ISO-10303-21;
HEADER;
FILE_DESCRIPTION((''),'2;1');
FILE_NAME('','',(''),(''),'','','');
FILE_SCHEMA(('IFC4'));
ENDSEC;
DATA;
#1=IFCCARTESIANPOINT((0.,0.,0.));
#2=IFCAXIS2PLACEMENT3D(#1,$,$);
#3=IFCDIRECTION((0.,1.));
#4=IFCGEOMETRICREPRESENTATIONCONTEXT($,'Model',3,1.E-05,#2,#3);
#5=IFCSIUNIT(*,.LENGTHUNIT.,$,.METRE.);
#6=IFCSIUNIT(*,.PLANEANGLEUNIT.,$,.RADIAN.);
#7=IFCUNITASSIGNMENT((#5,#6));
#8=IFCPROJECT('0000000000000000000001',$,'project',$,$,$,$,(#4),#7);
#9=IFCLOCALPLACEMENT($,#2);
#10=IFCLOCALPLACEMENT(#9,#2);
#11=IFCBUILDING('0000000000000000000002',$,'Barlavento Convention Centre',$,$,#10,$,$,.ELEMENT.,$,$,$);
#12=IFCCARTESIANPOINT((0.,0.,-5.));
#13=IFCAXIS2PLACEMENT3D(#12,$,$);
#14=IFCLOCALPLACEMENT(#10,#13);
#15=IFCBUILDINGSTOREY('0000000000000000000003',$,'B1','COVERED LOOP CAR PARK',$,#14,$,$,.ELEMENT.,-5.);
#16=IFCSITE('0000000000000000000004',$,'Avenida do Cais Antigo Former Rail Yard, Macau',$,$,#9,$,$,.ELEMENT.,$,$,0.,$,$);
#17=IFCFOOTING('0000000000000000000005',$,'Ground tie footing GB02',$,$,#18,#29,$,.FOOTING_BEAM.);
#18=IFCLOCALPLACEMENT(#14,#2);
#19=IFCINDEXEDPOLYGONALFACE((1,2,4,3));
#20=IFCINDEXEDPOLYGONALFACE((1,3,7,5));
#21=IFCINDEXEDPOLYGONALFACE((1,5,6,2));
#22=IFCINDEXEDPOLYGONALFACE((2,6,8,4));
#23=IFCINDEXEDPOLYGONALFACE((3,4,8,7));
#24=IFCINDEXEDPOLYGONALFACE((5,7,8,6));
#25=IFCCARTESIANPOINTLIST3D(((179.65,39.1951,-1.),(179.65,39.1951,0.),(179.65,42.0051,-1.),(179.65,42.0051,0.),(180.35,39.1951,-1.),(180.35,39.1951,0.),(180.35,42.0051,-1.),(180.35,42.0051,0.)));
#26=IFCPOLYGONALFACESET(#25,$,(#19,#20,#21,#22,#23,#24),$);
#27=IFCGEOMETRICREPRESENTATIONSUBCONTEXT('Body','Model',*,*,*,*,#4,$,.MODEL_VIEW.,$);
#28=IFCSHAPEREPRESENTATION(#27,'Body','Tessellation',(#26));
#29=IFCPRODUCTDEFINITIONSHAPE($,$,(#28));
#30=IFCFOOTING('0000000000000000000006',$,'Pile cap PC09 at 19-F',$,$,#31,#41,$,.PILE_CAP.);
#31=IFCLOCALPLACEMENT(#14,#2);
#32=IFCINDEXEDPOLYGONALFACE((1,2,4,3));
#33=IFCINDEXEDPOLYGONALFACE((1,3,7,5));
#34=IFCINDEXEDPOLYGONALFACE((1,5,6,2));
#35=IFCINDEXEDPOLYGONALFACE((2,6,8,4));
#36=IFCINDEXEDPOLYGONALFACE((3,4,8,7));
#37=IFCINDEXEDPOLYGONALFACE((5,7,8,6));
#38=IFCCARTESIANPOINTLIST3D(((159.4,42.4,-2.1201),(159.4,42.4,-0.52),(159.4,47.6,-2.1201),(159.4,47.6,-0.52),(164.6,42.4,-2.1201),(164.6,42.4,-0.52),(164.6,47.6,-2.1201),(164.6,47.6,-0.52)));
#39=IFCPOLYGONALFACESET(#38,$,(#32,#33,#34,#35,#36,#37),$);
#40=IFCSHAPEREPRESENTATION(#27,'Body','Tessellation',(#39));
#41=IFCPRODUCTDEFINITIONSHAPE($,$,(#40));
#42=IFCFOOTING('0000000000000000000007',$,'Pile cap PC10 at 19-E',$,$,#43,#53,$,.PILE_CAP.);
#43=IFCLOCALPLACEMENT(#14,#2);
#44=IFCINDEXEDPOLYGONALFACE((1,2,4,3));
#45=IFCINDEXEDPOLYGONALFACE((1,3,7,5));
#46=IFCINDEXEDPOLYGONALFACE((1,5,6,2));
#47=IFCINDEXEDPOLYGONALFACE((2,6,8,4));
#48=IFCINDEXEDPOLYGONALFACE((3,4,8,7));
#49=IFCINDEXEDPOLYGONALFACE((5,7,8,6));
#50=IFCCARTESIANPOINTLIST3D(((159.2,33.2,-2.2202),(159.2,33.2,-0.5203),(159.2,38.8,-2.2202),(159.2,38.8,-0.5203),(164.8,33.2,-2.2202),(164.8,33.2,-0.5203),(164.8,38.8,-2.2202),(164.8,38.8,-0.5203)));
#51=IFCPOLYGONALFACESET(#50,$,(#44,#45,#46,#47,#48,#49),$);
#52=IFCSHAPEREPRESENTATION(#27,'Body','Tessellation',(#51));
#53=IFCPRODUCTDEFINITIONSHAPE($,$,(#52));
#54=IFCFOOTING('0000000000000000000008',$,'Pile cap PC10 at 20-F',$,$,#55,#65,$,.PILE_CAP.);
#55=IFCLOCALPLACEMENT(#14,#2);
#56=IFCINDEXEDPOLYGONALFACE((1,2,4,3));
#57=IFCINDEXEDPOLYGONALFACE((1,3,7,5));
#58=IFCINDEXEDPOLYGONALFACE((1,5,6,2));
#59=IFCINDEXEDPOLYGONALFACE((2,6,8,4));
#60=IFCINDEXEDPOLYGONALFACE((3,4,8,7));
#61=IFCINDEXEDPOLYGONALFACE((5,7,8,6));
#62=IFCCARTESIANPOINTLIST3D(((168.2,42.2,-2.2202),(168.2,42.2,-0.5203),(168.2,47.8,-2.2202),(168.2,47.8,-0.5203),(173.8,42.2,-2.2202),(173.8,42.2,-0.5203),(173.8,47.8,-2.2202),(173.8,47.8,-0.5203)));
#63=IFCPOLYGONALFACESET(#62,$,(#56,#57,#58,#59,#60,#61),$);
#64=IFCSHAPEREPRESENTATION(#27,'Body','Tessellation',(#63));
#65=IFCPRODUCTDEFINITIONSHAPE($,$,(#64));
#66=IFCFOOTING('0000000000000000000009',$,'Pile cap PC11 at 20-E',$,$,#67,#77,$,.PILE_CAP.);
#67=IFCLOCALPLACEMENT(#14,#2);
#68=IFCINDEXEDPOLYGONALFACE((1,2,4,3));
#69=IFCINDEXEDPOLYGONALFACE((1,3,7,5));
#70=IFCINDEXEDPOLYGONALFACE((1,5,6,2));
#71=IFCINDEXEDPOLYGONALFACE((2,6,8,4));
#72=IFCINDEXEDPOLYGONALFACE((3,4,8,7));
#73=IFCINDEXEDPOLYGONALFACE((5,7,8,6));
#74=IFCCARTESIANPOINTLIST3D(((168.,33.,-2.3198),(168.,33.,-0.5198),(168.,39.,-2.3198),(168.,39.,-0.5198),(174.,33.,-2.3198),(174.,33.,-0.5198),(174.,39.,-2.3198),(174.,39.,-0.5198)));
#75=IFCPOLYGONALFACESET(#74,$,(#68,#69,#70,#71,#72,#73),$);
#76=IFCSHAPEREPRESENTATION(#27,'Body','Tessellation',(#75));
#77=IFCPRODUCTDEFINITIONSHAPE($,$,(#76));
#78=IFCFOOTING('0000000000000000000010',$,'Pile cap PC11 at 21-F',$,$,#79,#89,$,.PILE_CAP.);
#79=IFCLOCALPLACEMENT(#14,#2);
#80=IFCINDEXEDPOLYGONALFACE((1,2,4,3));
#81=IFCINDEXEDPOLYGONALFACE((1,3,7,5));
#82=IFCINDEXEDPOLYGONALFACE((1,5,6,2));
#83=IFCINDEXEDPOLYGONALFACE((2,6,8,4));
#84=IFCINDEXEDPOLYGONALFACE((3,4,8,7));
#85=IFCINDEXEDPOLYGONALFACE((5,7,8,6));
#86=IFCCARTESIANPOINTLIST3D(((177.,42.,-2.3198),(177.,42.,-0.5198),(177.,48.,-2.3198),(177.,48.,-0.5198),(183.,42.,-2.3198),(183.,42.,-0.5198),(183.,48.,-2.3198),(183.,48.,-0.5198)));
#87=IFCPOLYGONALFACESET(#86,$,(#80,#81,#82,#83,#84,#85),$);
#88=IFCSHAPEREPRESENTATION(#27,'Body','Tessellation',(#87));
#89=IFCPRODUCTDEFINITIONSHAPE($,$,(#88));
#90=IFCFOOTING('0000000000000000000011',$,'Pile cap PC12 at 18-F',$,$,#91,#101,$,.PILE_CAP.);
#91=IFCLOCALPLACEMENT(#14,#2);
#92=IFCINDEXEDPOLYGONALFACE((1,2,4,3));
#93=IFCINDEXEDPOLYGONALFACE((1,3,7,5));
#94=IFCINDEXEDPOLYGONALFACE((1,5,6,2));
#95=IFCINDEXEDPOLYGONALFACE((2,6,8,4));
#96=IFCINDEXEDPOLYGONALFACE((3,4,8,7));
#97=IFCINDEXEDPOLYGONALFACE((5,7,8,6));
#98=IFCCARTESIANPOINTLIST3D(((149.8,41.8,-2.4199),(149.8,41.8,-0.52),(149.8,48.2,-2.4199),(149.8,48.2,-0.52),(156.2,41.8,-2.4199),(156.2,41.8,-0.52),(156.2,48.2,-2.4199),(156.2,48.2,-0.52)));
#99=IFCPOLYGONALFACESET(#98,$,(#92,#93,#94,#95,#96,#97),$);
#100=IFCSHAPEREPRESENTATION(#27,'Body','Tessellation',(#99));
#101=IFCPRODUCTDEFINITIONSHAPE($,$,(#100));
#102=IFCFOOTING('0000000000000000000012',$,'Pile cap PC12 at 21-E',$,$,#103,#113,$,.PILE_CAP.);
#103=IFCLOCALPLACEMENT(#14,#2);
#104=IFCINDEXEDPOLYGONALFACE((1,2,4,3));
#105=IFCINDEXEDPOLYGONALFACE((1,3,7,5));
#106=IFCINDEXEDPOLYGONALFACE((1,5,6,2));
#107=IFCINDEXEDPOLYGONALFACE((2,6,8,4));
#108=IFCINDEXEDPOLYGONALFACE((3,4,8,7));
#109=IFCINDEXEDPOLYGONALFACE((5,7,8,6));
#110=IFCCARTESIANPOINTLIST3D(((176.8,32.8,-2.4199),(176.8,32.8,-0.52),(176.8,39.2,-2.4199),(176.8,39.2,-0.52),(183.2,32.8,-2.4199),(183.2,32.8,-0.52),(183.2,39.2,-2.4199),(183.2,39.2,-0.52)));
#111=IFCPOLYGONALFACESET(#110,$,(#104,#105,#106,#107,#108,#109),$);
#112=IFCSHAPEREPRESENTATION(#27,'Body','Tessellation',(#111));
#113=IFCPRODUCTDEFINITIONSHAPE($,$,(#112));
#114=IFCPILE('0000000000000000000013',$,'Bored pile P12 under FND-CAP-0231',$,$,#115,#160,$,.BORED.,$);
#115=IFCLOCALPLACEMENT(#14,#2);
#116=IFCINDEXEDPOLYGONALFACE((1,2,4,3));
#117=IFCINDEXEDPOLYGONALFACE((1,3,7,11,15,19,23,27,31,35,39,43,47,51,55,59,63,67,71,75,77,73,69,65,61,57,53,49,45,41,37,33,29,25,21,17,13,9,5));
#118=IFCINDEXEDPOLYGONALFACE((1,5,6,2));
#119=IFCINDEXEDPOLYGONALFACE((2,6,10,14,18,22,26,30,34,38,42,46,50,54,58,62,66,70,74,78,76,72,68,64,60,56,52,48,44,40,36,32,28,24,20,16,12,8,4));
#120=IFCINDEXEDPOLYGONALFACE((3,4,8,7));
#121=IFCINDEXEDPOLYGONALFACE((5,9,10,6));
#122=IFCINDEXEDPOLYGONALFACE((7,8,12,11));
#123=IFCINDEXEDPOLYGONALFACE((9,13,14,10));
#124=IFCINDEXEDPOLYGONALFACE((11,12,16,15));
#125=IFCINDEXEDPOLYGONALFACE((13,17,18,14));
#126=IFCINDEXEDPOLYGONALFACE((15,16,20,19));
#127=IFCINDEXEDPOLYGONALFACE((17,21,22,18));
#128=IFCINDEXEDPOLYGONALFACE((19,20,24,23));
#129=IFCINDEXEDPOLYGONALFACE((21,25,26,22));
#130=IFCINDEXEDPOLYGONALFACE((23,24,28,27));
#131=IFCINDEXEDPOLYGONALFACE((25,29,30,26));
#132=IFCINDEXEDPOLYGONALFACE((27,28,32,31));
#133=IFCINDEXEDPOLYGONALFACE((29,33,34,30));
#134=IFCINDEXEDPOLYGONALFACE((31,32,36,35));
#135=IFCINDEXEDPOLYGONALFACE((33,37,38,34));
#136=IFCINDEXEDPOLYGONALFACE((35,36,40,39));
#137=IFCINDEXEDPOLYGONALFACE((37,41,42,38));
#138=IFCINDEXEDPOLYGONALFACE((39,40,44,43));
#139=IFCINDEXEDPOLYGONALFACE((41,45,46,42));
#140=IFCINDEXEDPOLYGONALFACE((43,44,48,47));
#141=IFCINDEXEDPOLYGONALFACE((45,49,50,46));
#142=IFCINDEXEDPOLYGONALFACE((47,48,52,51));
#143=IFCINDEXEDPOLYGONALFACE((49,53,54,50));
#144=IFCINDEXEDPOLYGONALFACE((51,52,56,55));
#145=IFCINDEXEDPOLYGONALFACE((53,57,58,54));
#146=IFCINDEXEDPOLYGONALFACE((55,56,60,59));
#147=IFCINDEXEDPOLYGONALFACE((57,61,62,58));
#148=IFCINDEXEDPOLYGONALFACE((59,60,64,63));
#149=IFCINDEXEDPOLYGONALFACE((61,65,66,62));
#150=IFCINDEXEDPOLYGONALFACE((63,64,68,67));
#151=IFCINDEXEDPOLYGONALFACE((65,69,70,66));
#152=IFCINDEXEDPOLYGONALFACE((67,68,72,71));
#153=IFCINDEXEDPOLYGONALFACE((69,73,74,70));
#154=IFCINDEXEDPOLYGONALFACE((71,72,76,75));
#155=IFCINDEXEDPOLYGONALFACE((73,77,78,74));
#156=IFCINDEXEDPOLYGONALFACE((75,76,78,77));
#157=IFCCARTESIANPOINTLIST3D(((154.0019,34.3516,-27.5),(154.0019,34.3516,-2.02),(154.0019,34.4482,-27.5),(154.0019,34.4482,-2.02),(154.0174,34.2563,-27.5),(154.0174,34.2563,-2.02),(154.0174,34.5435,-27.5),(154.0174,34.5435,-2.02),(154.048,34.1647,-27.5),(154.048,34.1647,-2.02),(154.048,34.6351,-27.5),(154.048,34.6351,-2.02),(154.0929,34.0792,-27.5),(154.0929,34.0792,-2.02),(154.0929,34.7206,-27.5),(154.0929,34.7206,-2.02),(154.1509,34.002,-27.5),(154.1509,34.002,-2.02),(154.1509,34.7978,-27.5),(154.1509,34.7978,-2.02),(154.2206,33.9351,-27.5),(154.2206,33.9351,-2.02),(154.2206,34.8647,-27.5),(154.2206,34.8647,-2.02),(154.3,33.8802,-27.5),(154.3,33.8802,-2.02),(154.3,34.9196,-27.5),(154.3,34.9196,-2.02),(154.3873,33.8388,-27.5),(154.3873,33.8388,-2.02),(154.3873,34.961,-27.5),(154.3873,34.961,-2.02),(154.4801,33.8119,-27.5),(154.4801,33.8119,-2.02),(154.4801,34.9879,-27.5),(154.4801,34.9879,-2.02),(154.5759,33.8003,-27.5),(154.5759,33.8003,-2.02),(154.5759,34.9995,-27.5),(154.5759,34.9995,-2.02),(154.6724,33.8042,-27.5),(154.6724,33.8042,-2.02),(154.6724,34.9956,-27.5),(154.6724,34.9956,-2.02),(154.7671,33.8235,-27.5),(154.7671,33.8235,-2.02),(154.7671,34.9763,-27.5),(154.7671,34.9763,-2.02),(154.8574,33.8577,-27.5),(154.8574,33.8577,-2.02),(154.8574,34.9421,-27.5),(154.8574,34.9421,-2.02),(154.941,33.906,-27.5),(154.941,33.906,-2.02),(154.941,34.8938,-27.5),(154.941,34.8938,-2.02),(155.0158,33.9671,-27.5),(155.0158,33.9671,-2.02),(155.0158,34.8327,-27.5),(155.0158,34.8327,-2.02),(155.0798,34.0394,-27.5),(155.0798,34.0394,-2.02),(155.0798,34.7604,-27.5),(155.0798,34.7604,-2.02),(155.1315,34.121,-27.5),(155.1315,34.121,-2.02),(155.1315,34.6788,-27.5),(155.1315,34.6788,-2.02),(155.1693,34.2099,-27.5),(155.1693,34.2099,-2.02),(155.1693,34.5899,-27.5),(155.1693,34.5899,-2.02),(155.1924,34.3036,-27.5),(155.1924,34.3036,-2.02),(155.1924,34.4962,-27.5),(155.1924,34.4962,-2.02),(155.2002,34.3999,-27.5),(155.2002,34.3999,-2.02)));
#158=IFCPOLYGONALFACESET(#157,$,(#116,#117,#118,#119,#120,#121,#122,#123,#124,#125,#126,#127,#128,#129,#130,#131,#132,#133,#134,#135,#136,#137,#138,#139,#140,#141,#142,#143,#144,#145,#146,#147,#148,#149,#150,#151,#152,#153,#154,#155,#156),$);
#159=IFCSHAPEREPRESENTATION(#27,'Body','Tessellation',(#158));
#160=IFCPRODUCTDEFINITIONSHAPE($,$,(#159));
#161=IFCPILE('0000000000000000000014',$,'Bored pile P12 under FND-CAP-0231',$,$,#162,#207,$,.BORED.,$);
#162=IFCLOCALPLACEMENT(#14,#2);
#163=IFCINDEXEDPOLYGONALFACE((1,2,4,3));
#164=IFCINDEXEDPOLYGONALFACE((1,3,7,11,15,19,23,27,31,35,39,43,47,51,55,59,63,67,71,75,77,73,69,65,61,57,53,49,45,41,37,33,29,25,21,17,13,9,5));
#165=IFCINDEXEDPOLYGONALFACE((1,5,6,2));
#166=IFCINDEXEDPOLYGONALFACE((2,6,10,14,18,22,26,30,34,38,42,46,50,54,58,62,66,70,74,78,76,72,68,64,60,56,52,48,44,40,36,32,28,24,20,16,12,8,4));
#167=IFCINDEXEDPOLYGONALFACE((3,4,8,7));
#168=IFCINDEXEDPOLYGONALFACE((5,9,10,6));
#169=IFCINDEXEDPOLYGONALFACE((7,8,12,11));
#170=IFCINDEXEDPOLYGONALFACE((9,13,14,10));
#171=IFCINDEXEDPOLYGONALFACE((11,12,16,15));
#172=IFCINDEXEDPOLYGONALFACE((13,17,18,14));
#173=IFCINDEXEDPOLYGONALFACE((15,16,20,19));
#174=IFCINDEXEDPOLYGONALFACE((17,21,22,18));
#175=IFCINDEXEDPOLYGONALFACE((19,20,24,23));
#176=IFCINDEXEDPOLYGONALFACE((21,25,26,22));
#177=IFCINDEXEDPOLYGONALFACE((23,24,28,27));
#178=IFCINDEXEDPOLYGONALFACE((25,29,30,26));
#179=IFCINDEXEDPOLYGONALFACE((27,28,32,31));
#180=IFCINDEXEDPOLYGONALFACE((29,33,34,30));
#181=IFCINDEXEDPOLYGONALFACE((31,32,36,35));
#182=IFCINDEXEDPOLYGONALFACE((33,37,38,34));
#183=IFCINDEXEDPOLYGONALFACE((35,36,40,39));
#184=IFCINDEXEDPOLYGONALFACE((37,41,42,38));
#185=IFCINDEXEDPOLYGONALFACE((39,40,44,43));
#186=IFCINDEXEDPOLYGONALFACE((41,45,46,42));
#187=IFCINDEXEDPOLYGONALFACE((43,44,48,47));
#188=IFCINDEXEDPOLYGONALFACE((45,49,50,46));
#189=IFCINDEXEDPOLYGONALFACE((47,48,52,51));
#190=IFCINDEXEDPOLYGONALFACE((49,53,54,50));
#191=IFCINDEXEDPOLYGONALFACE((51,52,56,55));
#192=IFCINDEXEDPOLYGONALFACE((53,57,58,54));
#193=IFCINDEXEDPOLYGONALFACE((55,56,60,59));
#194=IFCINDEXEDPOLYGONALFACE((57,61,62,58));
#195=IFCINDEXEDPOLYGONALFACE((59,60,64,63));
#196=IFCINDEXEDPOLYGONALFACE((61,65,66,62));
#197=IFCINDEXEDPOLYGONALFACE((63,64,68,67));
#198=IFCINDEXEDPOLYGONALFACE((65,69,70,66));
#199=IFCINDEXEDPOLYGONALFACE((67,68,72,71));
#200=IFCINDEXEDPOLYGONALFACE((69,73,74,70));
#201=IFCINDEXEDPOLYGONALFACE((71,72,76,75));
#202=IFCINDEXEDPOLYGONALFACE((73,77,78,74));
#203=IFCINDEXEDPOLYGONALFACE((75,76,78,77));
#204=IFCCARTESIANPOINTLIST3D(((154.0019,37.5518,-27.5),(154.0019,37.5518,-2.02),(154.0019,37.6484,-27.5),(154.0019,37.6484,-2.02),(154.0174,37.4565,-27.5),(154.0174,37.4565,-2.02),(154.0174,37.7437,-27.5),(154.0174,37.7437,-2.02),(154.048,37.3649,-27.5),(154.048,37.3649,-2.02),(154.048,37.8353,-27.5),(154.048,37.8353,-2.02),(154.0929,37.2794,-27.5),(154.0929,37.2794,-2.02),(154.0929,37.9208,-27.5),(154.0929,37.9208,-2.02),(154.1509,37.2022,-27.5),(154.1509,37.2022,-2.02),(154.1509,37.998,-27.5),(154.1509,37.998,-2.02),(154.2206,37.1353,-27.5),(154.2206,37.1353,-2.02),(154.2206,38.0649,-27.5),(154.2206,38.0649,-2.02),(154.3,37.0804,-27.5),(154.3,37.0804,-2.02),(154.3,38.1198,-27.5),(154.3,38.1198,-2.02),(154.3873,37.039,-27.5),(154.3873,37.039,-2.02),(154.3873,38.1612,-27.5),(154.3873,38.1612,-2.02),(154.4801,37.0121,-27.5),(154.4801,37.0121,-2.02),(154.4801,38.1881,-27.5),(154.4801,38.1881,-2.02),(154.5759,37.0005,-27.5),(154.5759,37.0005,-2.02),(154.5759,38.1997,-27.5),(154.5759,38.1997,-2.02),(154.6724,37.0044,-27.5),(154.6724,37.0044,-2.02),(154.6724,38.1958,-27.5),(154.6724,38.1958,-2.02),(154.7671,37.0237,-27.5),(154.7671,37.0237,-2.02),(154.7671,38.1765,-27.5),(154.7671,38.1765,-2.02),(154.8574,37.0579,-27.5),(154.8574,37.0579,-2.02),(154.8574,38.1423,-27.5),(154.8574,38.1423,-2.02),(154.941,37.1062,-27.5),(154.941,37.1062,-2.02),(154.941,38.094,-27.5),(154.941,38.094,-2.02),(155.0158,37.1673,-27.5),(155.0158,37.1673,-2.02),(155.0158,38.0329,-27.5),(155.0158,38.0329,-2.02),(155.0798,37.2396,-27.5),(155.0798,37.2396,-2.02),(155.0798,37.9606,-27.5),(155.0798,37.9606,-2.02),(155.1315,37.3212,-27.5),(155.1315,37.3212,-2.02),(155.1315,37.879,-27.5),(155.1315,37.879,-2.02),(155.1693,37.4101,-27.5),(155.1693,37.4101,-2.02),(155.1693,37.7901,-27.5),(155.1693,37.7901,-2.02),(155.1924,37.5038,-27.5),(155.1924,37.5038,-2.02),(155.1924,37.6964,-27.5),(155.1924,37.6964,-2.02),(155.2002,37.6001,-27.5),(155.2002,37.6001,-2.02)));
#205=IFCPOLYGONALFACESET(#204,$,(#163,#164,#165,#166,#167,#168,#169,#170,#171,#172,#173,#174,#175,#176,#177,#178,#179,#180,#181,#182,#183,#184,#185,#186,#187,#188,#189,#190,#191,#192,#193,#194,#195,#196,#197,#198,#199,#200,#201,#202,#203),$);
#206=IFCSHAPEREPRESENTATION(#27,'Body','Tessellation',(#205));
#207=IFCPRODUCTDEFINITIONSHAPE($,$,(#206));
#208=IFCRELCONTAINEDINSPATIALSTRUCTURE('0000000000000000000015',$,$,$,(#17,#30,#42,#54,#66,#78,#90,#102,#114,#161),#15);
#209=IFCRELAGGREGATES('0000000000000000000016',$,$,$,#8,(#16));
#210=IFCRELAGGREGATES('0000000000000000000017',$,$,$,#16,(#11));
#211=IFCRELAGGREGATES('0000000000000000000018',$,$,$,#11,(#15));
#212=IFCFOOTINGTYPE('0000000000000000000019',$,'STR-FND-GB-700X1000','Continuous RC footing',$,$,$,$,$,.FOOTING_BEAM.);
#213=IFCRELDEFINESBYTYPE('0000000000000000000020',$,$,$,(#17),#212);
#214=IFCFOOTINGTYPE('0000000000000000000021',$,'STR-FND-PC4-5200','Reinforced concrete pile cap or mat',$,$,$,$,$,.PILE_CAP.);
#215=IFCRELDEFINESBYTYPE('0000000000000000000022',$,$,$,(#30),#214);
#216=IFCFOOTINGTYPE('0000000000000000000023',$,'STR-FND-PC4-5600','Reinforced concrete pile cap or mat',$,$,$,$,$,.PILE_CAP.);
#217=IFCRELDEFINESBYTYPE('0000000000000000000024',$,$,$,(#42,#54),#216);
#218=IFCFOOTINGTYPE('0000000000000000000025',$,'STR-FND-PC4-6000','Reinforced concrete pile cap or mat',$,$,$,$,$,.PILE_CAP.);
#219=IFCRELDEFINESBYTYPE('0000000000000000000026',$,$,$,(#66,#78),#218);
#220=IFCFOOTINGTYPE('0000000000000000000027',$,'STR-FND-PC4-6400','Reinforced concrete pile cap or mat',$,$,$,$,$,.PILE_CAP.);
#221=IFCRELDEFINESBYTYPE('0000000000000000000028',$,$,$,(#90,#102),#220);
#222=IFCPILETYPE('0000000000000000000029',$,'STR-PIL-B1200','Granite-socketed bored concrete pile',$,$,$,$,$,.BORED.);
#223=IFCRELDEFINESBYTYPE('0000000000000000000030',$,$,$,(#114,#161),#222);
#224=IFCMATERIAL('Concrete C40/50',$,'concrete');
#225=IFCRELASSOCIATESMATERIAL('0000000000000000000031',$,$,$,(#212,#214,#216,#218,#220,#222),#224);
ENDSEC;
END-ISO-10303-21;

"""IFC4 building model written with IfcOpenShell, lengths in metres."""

from ifc_helpers import new_model, si_unit, direction, frame, origin, origin_2d, place, context, subcontext, project, spatial, rectangle, circle, extrude, material, material_profile, profile_set, type_object, element, save


model = new_model("IFC4")

# Units and contexts
model_context = context("Model", 3, precision=1e-05, world=origin(), true_north=direction((0.0, 1.0)))
body_context = subcontext(model_context, "Body", "Model", "MODEL_VIEW")
ifc_project = project(units=[si_unit("LENGTHUNIT", "METRE"), si_unit("PLANEANGLEUNIT", "RADIAN")], contexts=[model_context])

# Site, building, storey
site_placement = place(None, origin())
site = spatial("IfcSite", under=ifc_project, at=site_placement, Name="Avenida do Cais Antigo Former Rail Yard, Macau", CompositionType="ELEMENT", RefElevation=0.0)
building_placement = place(site_placement, origin())
building = spatial("IfcBuilding", under=site, at=building_placement, Name="Barlavento Convention Centre", CompositionType="ELEMENT")
storey_placement = place(building_placement, frame((0.0, 0.0, -5.0)))
storey = spatial("IfcBuildingStorey", under=building, at=storey_placement, Name="B1", Description="COVERED LOOP CAR PARK", CompositionType="ELEMENT", Elevation=-5.0)

# Footings
ifc_material_1 = material(Name="Concrete C40/50", Category="concrete")
footing_type_1 = type_object("IfcFootingType", Name="STR-FND-GB-700X1000", Description="Continuous RC footing", PredefinedType="FOOTING_BEAM", material=ifc_material_1)
footing_1_placement = place(storey_placement, frame((180.0, 40.6001, -1.0), z_axis=(0.0, 0.0, 1.0), x_axis=(1.0, 0.0, 0.0)))
element("IfcFooting", 1, at=footing_1_placement, inside=storey, type_object=footing_type_1, Name="Ground tie footing GB02", PredefinedType="FOOTING_BEAM", context=body_context, shape_type="SweptSolid", body=[
    extrude(rectangle(XDim=0.7, YDim=2.8101, at=origin_2d()), origin(), (0.0, 0.0, 1.0), 1.0),
])
footing_type_2 = type_object("IfcFootingType", Name="STR-FND-PC4-5200", Description="Reinforced concrete pile cap or mat", PredefinedType="PILE_CAP", material=ifc_material_1)
footing_2_placement = place(storey_placement, frame((162.0, 45.0, -2.1201), z_axis=(0.0, 0.0, 1.0), x_axis=(1.0, 0.0, 0.0)))
element("IfcFooting", 2, at=footing_2_placement, inside=storey, type_object=footing_type_2, Name="Pile cap PC09 at 19-F", PredefinedType="PILE_CAP", context=body_context, shape_type="SweptSolid", body=[
    extrude(rectangle(XDim=5.2, YDim=5.2, at=origin_2d()), origin(), (0.0, 0.0, 1.0), 1.6001),
])
footing_type_3 = type_object("IfcFootingType", Name="STR-FND-PC4-5600", Description="Reinforced concrete pile cap or mat", PredefinedType="PILE_CAP", material=ifc_material_1)
for number, where, z_axis, x_axis, name in (
    (3, (162.0, 36.0, -2.2202), (0.0, 0.0, 1.0), (1.0, 0.0, 0.0), "Pile cap PC10 at 19-E"),
    (4, (171.0, 45.0, -2.2202), (0.0, 0.0, 1.0), (1.0, 0.0, 0.0), "Pile cap PC10 at 20-F"),
):
    element("IfcFooting", number, at=place(storey_placement, frame(where, z_axis=z_axis, x_axis=x_axis)), inside=storey, type_object=footing_type_3, Name=name, PredefinedType="PILE_CAP", context=body_context, shape_type="SweptSolid", body=[
        extrude(rectangle(XDim=5.6001, YDim=5.6001, at=origin_2d()), origin(), (0.0, 0.0, 1.0), 1.7),
    ])
footing_type_4 = type_object("IfcFootingType", Name="STR-FND-PC4-6000", Description="Reinforced concrete pile cap or mat", PredefinedType="PILE_CAP", material=ifc_material_1)
for number, where, z_axis, x_axis, name in (
    (5, (171.0, 36.0, -2.3198), (0.0, 0.0, 1.0), (1.0, 0.0, 0.0), "Pile cap PC11 at 20-E"),
    (6, (180.0, 45.0, -2.3198), (0.0, 0.0, 1.0), (1.0, 0.0, 0.0), "Pile cap PC11 at 21-F"),
):
    element("IfcFooting", number, at=place(storey_placement, frame(where, z_axis=z_axis, x_axis=x_axis)), inside=storey, type_object=footing_type_4, Name=name, PredefinedType="PILE_CAP", context=body_context, shape_type="SweptSolid", body=[
        extrude(rectangle(XDim=6.0, YDim=6.0, at=origin_2d()), origin(), (0.0, 0.0, 1.0), 1.8),
    ])
footing_type_5 = type_object("IfcFootingType", Name="STR-FND-PC4-6400", Description="Reinforced concrete pile cap or mat", PredefinedType="PILE_CAP", material=ifc_material_1)
for number, where, z_axis, x_axis, name in (
    (7, (153.0, 45.0, -2.4199), (0.0, 0.0, 1.0), (1.0, 0.0, 0.0), "Pile cap PC12 at 18-F"),
    (8, (180.0, 36.0, -2.4199), (0.0, 0.0, 1.0), (1.0, 0.0, 0.0), "Pile cap PC12 at 21-E"),
):
    element("IfcFooting", number, at=place(storey_placement, frame(where, z_axis=z_axis, x_axis=x_axis)), inside=storey, type_object=footing_type_5, Name=name, PredefinedType="PILE_CAP", context=body_context, shape_type="SweptSolid", body=[
        extrude(rectangle(XDim=6.3999, YDim=6.3999, at=origin_2d()), origin(), (0.0, 0.0, 1.0), 1.8999),
    ])

# Piles
ifc_material_profile_1 = material_profile(ifc_material_1, circle(Radius=0.6001, at=origin_2d()), Name="BORED PILE 1200")
ifc_profile_set_1 = profile_set([ifc_material_profile_1], Name="Concrete C40/50")
pile_type_1 = type_object("IfcPileType", Name="STR-PIL-B1200", Description="Granite-socketed bored concrete pile", PredefinedType="BORED", material=ifc_profile_set_1)
for number, where, z_axis, x_axis, name in (
    (9, (154.6001, 34.3999, -2.02), (0.0, 0.0, -1.0), (1.0, 0.0, 0.0), "Bored pile P12 under FND-CAP-0231"),
    (10, (154.6001, 37.6001, -2.02), (0.0, 0.0, -1.0), (1.0, 0.0, 0.0), "Bored pile P12 under FND-CAP-0231"),
):
    element("IfcPile", number, at=place(storey_placement, frame(where, z_axis=z_axis, x_axis=x_axis)), inside=storey, type_object=pile_type_1, Name=name, PredefinedType="BORED", context=body_context, shape_type="SweptSolid", body=[
        extrude(circle(Radius=0.6001, at=origin_2d()), origin(), (0.0, 0.0, 1.0), 25.48),
    ])

save(model, "model.ifc")
